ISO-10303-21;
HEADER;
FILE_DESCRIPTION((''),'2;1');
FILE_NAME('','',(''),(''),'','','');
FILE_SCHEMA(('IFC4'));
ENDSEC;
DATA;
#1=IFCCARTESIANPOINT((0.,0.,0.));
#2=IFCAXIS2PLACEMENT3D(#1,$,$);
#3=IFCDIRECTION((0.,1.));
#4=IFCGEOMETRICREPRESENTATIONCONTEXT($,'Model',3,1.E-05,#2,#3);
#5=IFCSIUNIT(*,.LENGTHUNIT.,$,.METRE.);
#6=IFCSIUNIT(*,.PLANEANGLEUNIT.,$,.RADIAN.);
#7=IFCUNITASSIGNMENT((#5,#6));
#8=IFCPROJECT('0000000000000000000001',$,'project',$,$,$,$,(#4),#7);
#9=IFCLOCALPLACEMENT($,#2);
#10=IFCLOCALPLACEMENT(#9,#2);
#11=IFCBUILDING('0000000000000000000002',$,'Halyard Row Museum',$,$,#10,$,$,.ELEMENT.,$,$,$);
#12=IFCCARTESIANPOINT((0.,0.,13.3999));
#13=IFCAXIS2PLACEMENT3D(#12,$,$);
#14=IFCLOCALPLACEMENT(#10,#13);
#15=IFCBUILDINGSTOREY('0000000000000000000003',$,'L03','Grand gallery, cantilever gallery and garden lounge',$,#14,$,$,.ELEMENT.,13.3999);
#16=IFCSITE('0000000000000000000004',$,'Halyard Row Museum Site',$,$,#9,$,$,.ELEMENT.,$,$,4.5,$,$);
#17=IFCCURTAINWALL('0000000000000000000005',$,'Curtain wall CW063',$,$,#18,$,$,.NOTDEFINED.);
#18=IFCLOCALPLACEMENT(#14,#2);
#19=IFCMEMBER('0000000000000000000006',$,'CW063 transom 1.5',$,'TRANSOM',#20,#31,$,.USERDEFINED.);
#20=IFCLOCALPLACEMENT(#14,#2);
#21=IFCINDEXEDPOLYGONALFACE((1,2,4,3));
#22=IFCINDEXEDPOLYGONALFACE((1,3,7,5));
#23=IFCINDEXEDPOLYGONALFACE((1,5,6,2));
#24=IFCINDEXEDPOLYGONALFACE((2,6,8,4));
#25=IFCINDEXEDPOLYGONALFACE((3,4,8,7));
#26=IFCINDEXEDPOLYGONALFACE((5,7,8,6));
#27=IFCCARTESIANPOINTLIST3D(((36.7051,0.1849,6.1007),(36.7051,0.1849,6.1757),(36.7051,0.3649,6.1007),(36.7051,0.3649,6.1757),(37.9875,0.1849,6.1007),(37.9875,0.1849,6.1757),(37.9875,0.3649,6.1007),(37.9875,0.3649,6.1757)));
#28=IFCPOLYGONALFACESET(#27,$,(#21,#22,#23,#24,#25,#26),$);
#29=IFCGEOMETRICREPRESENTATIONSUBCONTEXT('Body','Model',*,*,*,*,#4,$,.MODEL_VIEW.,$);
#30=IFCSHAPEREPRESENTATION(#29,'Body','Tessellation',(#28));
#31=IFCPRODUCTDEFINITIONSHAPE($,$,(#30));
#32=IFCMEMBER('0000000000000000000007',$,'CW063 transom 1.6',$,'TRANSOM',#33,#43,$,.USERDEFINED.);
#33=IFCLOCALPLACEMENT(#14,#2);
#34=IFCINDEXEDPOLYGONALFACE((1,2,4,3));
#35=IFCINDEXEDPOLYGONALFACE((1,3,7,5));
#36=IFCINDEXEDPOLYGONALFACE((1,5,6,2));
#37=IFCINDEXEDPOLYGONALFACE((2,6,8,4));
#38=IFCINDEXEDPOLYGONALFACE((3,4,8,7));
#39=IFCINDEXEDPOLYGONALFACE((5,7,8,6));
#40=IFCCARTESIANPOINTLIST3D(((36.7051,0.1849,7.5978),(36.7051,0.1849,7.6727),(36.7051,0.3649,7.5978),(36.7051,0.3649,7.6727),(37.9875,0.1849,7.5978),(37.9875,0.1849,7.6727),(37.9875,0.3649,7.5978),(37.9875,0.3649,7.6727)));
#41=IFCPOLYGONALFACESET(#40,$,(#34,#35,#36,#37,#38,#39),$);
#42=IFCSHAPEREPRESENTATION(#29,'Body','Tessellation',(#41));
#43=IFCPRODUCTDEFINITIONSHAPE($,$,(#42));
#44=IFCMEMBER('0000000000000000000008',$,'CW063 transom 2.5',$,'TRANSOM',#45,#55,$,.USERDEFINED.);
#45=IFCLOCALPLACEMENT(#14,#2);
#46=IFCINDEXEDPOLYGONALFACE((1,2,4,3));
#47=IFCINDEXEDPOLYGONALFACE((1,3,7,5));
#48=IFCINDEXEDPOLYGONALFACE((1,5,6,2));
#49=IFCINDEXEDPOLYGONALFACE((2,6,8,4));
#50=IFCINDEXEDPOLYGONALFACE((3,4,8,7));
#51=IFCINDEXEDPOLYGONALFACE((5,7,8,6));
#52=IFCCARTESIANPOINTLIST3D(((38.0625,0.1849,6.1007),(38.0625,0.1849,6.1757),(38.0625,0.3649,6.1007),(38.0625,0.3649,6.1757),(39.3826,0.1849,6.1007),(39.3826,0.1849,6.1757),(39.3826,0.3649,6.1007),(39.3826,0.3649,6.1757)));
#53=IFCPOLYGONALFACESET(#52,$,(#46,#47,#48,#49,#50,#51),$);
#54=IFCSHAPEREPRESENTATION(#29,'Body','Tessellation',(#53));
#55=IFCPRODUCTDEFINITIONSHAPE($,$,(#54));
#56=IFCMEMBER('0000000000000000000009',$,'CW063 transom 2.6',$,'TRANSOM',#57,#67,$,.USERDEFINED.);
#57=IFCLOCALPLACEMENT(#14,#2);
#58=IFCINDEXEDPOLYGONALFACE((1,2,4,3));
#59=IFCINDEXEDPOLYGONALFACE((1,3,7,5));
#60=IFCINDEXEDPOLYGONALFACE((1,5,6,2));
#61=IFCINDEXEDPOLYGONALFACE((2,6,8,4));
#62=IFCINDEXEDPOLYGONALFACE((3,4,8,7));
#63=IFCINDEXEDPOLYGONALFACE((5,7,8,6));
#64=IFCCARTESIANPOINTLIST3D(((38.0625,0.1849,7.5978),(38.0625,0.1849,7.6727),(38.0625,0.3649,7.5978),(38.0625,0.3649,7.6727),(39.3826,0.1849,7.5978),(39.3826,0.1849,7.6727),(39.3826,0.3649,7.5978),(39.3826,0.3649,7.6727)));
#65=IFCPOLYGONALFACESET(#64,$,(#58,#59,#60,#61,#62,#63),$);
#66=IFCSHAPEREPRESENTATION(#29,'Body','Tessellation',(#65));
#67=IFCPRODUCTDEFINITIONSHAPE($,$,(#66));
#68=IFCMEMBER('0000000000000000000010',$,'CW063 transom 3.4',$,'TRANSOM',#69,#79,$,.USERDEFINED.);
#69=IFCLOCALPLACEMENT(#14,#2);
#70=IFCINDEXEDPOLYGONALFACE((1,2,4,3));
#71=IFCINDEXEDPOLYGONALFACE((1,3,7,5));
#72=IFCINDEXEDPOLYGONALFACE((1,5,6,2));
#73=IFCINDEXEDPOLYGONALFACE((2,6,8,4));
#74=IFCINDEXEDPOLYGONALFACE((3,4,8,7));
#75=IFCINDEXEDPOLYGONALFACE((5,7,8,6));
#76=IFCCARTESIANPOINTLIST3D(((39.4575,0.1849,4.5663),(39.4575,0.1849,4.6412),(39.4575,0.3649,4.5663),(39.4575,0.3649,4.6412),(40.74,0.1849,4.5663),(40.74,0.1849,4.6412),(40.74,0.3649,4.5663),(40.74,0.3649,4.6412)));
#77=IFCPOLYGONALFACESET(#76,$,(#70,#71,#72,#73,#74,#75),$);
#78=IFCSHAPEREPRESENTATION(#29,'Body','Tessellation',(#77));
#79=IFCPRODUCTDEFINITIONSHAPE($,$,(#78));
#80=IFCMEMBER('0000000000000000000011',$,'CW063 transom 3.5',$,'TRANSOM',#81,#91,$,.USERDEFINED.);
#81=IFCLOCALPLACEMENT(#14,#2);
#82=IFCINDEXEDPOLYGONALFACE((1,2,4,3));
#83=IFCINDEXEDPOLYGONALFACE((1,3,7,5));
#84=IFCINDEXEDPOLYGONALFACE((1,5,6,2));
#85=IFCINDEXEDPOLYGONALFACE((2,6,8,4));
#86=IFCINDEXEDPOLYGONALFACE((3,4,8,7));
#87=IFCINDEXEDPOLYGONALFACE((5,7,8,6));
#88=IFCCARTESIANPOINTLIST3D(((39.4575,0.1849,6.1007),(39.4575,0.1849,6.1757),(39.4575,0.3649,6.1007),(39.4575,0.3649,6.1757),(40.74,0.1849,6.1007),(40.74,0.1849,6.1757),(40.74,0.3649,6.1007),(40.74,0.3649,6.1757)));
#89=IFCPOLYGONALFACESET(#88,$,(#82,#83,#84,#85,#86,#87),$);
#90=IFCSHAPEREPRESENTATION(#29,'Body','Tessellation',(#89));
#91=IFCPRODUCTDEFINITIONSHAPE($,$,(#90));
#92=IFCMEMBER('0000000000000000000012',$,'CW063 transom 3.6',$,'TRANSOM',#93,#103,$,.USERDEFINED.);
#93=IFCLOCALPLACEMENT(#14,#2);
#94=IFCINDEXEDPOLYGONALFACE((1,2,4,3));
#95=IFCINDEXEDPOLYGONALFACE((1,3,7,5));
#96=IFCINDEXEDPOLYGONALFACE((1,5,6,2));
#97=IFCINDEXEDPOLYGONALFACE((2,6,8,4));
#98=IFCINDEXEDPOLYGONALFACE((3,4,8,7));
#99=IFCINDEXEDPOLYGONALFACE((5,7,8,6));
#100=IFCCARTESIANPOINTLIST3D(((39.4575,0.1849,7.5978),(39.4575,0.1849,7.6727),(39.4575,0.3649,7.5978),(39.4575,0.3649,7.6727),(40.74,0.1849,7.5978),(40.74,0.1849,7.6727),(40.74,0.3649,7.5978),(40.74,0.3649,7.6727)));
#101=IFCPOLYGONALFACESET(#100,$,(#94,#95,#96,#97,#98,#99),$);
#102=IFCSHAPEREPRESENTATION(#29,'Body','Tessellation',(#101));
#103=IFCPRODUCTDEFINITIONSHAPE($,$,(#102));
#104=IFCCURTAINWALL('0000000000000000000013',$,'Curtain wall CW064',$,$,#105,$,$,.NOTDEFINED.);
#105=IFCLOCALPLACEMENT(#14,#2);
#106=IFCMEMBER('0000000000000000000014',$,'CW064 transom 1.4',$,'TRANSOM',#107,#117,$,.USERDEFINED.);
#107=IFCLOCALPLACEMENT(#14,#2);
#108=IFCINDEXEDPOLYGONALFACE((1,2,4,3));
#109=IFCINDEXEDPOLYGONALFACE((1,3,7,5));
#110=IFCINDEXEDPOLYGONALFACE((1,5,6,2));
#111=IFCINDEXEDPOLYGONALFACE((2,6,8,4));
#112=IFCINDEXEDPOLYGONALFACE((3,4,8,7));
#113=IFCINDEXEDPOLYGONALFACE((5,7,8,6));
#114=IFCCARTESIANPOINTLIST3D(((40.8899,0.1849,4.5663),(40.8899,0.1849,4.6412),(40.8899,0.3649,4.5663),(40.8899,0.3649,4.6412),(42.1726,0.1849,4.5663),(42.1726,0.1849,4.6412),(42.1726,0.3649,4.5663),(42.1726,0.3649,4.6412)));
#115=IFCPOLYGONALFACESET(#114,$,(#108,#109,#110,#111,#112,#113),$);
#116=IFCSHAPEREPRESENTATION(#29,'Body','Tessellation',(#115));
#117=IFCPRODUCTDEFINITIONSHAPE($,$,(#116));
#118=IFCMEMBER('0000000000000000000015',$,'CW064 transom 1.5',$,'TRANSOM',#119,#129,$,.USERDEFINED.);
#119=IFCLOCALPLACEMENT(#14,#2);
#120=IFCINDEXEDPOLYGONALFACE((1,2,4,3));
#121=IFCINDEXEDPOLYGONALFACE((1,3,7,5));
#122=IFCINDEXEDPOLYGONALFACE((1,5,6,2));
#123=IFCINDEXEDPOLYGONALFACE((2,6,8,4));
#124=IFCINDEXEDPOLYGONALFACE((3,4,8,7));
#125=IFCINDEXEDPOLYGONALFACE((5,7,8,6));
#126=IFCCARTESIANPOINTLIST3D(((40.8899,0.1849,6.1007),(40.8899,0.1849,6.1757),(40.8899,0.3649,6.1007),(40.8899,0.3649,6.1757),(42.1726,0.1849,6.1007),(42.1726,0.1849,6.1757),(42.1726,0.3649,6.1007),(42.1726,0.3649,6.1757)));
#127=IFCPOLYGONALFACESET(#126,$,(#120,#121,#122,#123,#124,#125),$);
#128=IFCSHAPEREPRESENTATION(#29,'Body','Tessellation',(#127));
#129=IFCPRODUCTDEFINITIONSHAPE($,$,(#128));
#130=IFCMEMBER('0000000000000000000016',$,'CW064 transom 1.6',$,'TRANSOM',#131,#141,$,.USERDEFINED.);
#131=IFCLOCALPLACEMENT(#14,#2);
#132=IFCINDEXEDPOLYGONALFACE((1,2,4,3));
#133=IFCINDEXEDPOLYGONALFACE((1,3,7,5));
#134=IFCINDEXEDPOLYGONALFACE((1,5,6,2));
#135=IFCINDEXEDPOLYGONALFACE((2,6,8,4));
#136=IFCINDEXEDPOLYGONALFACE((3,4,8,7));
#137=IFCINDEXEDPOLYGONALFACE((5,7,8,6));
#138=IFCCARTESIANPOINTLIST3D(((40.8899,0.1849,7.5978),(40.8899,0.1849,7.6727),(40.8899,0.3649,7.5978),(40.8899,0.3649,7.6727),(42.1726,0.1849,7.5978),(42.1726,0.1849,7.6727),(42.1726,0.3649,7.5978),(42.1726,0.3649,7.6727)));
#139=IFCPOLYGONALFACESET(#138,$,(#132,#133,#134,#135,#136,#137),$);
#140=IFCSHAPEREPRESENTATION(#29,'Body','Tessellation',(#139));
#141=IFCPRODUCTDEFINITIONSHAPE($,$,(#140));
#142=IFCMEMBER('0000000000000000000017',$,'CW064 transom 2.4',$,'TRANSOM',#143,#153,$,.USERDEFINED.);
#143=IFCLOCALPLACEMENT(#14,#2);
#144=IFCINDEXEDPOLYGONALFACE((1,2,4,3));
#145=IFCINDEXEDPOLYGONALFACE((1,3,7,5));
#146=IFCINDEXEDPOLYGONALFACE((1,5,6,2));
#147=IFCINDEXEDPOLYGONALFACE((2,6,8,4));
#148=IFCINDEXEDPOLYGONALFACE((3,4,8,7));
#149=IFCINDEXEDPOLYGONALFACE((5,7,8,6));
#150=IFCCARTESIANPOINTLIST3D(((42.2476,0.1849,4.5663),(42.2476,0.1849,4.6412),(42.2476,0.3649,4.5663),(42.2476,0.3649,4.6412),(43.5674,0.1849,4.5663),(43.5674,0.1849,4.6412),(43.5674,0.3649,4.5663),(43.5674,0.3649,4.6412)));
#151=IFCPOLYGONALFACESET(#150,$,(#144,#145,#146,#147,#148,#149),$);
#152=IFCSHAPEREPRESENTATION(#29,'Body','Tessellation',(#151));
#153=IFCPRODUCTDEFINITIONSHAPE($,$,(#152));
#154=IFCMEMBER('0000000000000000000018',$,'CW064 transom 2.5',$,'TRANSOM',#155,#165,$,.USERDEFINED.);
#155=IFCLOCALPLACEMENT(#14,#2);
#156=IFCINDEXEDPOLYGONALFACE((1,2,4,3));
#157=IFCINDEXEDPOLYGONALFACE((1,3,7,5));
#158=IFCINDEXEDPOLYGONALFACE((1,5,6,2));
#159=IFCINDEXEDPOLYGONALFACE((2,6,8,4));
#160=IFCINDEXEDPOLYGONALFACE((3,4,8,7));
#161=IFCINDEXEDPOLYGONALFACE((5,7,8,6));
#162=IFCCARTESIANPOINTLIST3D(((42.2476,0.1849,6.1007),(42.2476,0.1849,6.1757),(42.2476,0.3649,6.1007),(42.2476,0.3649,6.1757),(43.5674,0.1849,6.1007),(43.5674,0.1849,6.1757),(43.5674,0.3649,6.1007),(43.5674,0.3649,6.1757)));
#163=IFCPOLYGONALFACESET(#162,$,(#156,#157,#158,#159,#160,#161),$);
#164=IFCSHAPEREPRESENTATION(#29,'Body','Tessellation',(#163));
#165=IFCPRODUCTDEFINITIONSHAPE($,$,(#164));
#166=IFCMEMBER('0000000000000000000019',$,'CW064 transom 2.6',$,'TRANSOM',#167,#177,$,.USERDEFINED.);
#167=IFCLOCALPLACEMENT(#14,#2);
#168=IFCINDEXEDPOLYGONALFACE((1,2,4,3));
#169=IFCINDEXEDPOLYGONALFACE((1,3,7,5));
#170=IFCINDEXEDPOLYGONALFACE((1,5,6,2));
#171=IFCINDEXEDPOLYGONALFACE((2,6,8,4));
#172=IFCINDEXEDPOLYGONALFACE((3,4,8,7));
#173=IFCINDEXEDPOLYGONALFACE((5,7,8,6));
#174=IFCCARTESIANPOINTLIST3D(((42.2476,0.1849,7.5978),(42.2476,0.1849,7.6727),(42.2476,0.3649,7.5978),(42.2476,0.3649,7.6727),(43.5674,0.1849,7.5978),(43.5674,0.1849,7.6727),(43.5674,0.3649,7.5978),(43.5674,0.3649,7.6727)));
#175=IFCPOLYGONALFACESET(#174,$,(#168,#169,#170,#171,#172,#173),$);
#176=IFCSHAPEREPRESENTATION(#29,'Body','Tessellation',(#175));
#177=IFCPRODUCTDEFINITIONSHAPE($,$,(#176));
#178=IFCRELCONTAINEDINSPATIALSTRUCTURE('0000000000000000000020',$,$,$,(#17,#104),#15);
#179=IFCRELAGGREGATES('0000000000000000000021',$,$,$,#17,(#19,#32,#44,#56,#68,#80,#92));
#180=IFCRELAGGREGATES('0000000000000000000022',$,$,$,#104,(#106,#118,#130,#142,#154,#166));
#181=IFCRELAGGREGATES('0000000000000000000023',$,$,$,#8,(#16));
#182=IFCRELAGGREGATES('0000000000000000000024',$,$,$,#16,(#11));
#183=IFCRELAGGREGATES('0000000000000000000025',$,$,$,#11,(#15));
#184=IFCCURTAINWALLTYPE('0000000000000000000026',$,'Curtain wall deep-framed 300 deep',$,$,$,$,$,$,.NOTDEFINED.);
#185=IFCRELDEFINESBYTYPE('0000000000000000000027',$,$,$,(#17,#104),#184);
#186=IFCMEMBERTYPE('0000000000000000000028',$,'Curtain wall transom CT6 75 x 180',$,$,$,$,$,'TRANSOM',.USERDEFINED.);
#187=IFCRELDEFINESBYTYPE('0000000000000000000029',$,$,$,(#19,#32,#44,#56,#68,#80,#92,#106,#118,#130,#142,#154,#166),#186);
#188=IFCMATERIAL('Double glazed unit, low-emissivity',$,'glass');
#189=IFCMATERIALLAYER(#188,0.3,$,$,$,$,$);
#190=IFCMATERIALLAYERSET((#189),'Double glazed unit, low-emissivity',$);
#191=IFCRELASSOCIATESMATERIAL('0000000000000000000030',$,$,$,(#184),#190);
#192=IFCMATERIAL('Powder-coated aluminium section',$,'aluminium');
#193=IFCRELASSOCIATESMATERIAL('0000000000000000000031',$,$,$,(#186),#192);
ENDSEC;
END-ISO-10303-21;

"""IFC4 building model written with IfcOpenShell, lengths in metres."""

from ifc_helpers import new_model, si_unit, direction, frame, origin, origin_2d, place, context, subcontext, project, spatial, rectangle, extrude, material, layer, layer_set, material_profile, profile_set, type_object, element, aggregate, save


model = new_model("IFC4")

# Units and contexts
model_context = context("Model", 3, precision=1e-05, world=origin(), true_north=direction((0.0, 1.0)))
body_context = subcontext(model_context, "Body", "Model", "MODEL_VIEW")
ifc_project = project(units=[si_unit("LENGTHUNIT", "METRE"), si_unit("PLANEANGLEUNIT", "RADIAN")], contexts=[model_context])

# Site, building, storey
site_placement = place(None, origin())
site = spatial("IfcSite", under=ifc_project, at=site_placement, Name="Halyard Row Museum Site", CompositionType="ELEMENT", RefElevation=4.5)
building_placement = place(site_placement, origin())
building = spatial("IfcBuilding", under=site, at=building_placement, Name="Halyard Row Museum", CompositionType="ELEMENT")
storey_placement = place(building_placement, frame((0.0, 0.0, 13.3999)))
storey = spatial("IfcBuildingStorey", under=building, at=storey_placement, Name="L03", Description="Grand gallery, cantilever gallery and garden lounge", CompositionType="ELEMENT", Elevation=13.3999)

# Curtain walls, members
ifc_material_1 = material(Name="Double glazed unit, low-emissivity", Category="glass")
ifc_layer_1 = layer(ifc_material_1, 0.3)
ifc_layer_set_1 = layer_set([ifc_layer_1], Name="Double glazed unit, low-emissivity")
curtain_wall_type = type_object("IfcCurtainWallType", Name="Curtain wall deep-framed 300 deep", PredefinedType="NOTDEFINED", material=ifc_layer_set_1)
curtain_wall_1_placement = place(storey_placement, origin())
curtain_wall_1 = element("IfcCurtainWall", 1, at=curtain_wall_1_placement, inside=storey, type_object=curtain_wall_type, Name="Curtain wall CW063", PredefinedType="NOTDEFINED")
ifc_material_2 = material(Name="Powder-coated aluminium section", Category="aluminium")
ifc_material_profile_1 = material_profile(ifc_material_2, rectangle(XDim=0.1799, YDim=0.075, at=origin_2d()), Name="180x75 transom")
ifc_profile_set_1 = profile_set([ifc_material_profile_1], Name="Powder-coated aluminium section")
member_type_1 = type_object("IfcMemberType", Name="Curtain wall transom CT6 75 x 180", ElementType="TRANSOM", PredefinedType="USERDEFINED", material=ifc_profile_set_1)
member_1_placement = place(storey_placement, frame((36.7051, 0.2749, 6.1382), z_axis=(1.0, 0.0, 0.0), x_axis=(0.0, 1.0, 0.0)))
member_1 = element("IfcMember", 2, at=member_1_placement, type_object=member_type_1, Name="CW063 transom 1.5", ObjectType="TRANSOM", PredefinedType="USERDEFINED", context=body_context, shape_type="SweptSolid", body=[
    extrude(rectangle(XDim=0.1799, YDim=0.075, at=origin_2d()), origin(), (0.0, 0.0, 1.0), 1.2825),
])
member_2_placement = place(storey_placement, frame((36.7051, 0.2749, 7.6353), z_axis=(1.0, 0.0, 0.0), x_axis=(0.0, 1.0, 0.0)))
member_2 = element("IfcMember", 3, at=member_2_placement, type_object=member_type_1, Name="CW063 transom 1.6", ObjectType="TRANSOM", PredefinedType="USERDEFINED", context=body_context, shape_type="SweptSolid", body=[
    extrude(rectangle(XDim=0.1799, YDim=0.075, at=origin_2d()), origin(), (0.0, 0.0, 1.0), 1.2825),
])
member_3_placement = place(storey_placement, frame((38.0625, 0.2749, 6.1382), z_axis=(1.0, 0.0, 0.0), x_axis=(0.0, 1.0, 0.0)))
member_3 = element("IfcMember", 4, at=member_3_placement, type_object=member_type_1, Name="CW063 transom 2.5", ObjectType="TRANSOM", PredefinedType="USERDEFINED", context=body_context, shape_type="SweptSolid", body=[
    extrude(rectangle(XDim=0.1799, YDim=0.075, at=origin_2d()), origin(), (0.0, 0.0, 1.0), 1.3201),
])
member_4_placement = place(storey_placement, frame((38.0625, 0.2749, 7.6353), z_axis=(1.0, 0.0, 0.0), x_axis=(0.0, 1.0, 0.0)))
member_4 = element("IfcMember", 5, at=member_4_placement, type_object=member_type_1, Name="CW063 transom 2.6", ObjectType="TRANSOM", PredefinedType="USERDEFINED", context=body_context, shape_type="SweptSolid", body=[
    extrude(rectangle(XDim=0.1799, YDim=0.075, at=origin_2d()), origin(), (0.0, 0.0, 1.0), 1.3201),
])
member_5_placement = place(storey_placement, frame((39.4575, 0.2749, 4.6038), z_axis=(1.0, 0.0, 0.0), x_axis=(0.0, 1.0, 0.0)))
member_5 = element("IfcMember", 6, at=member_5_placement, type_object=member_type_1, Name="CW063 transom 3.4", ObjectType="TRANSOM", PredefinedType="USERDEFINED", context=body_context, shape_type="SweptSolid", body=[
    extrude(rectangle(XDim=0.1799, YDim=0.075, at=origin_2d()), origin(), (0.0, 0.0, 1.0), 1.2825),
])
member_6_placement = place(storey_placement, frame((39.4575, 0.2749, 6.1382), z_axis=(1.0, 0.0, 0.0), x_axis=(0.0, 1.0, 0.0)))
member_6 = element("IfcMember", 7, at=member_6_placement, type_object=member_type_1, Name="CW063 transom 3.5", ObjectType="TRANSOM", PredefinedType="USERDEFINED", context=body_context, shape_type="SweptSolid", body=[
    extrude(rectangle(XDim=0.1799, YDim=0.075, at=origin_2d()), origin(), (0.0, 0.0, 1.0), 1.2825),
])
member_7_placement = place(storey_placement, frame((39.4575, 0.2749, 7.6353), z_axis=(1.0, 0.0, 0.0), x_axis=(0.0, 1.0, 0.0)))
member_7 = element("IfcMember", 8, at=member_7_placement, type_object=member_type_1, Name="CW063 transom 3.6", ObjectType="TRANSOM", PredefinedType="USERDEFINED", context=body_context, shape_type="SweptSolid", body=[
    extrude(rectangle(XDim=0.1799, YDim=0.075, at=origin_2d()), origin(), (0.0, 0.0, 1.0), 1.2825),
])
curtain_wall_2_placement = place(storey_placement, origin())
curtain_wall_2 = element("IfcCurtainWall", 9, at=curtain_wall_2_placement, inside=storey, type_object=curtain_wall_type, Name="Curtain wall CW064", PredefinedType="NOTDEFINED")
member_8_placement = place(storey_placement, frame((40.8899, 0.2749, 4.6038), z_axis=(1.0, 0.0, 0.0), x_axis=(0.0, 1.0, 0.0)))
member_8 = element("IfcMember", 10, at=member_8_placement, type_object=member_type_1, Name="CW064 transom 1.4", ObjectType="TRANSOM", PredefinedType="USERDEFINED", context=body_context, shape_type="SweptSolid", body=[
    extrude(rectangle(XDim=0.1799, YDim=0.075, at=origin_2d()), origin(), (0.0, 0.0, 1.0), 1.2827),
])
member_9_placement = place(storey_placement, frame((40.8899, 0.2749, 6.1382), z_axis=(1.0, 0.0, 0.0), x_axis=(0.0, 1.0, 0.0)))
member_9 = element("IfcMember", 11, at=member_9_placement, type_object=member_type_1, Name="CW064 transom 1.5", ObjectType="TRANSOM", PredefinedType="USERDEFINED", context=body_context, shape_type="SweptSolid", body=[
    extrude(rectangle(XDim=0.1799, YDim=0.075, at=origin_2d()), origin(), (0.0, 0.0, 1.0), 1.2827),
])
member_10_placement = place(storey_placement, frame((40.8899, 0.2749, 7.6353), z_axis=(1.0, 0.0, 0.0), x_axis=(0.0, 1.0, 0.0)))
member_10 = element("IfcMember", 12, at=member_10_placement, type_object=member_type_1, Name="CW064 transom 1.6", ObjectType="TRANSOM", PredefinedType="USERDEFINED", context=body_context, shape_type="SweptSolid", body=[
    extrude(rectangle(XDim=0.1799, YDim=0.075, at=origin_2d()), origin(), (0.0, 0.0, 1.0), 1.2827),
])
member_11_placement = place(storey_placement, frame((42.2476, 0.2749, 4.6038), z_axis=(1.0, 0.0, 0.0), x_axis=(0.0, 1.0, 0.0)))
member_11 = element("IfcMember", 13, at=member_11_placement, type_object=member_type_1, Name="CW064 transom 2.4", ObjectType="TRANSOM", PredefinedType="USERDEFINED", context=body_context, shape_type="SweptSolid", body=[
    extrude(rectangle(XDim=0.1799, YDim=0.075, at=origin_2d()), origin(), (0.0, 0.0, 1.0), 1.3198),
])
member_12_placement = place(storey_placement, frame((42.2476, 0.2749, 6.1382), z_axis=(1.0, 0.0, 0.0), x_axis=(0.0, 1.0, 0.0)))
member_12 = element("IfcMember", 14, at=member_12_placement, type_object=member_type_1, Name="CW064 transom 2.5", ObjectType="TRANSOM", PredefinedType="USERDEFINED", context=body_context, shape_type="SweptSolid", body=[
    extrude(rectangle(XDim=0.1799, YDim=0.075, at=origin_2d()), origin(), (0.0, 0.0, 1.0), 1.3198),
])
member_13_placement = place(storey_placement, frame((42.2476, 0.2749, 7.6353), z_axis=(1.0, 0.0, 0.0), x_axis=(0.0, 1.0, 0.0)))
member_13 = element("IfcMember", 15, at=member_13_placement, type_object=member_type_1, Name="CW064 transom 2.6", ObjectType="TRANSOM", PredefinedType="USERDEFINED", context=body_context, shape_type="SweptSolid", body=[
    extrude(rectangle(XDim=0.1799, YDim=0.075, at=origin_2d()), origin(), (0.0, 0.0, 1.0), 1.3198),
])

aggregate(curtain_wall_1, [member_1, member_2, member_3, member_4, member_5, member_6, member_7])
aggregate(curtain_wall_2, [member_8, member_9, member_10, member_11, member_12, member_13])

save(model, "model.ifc")
